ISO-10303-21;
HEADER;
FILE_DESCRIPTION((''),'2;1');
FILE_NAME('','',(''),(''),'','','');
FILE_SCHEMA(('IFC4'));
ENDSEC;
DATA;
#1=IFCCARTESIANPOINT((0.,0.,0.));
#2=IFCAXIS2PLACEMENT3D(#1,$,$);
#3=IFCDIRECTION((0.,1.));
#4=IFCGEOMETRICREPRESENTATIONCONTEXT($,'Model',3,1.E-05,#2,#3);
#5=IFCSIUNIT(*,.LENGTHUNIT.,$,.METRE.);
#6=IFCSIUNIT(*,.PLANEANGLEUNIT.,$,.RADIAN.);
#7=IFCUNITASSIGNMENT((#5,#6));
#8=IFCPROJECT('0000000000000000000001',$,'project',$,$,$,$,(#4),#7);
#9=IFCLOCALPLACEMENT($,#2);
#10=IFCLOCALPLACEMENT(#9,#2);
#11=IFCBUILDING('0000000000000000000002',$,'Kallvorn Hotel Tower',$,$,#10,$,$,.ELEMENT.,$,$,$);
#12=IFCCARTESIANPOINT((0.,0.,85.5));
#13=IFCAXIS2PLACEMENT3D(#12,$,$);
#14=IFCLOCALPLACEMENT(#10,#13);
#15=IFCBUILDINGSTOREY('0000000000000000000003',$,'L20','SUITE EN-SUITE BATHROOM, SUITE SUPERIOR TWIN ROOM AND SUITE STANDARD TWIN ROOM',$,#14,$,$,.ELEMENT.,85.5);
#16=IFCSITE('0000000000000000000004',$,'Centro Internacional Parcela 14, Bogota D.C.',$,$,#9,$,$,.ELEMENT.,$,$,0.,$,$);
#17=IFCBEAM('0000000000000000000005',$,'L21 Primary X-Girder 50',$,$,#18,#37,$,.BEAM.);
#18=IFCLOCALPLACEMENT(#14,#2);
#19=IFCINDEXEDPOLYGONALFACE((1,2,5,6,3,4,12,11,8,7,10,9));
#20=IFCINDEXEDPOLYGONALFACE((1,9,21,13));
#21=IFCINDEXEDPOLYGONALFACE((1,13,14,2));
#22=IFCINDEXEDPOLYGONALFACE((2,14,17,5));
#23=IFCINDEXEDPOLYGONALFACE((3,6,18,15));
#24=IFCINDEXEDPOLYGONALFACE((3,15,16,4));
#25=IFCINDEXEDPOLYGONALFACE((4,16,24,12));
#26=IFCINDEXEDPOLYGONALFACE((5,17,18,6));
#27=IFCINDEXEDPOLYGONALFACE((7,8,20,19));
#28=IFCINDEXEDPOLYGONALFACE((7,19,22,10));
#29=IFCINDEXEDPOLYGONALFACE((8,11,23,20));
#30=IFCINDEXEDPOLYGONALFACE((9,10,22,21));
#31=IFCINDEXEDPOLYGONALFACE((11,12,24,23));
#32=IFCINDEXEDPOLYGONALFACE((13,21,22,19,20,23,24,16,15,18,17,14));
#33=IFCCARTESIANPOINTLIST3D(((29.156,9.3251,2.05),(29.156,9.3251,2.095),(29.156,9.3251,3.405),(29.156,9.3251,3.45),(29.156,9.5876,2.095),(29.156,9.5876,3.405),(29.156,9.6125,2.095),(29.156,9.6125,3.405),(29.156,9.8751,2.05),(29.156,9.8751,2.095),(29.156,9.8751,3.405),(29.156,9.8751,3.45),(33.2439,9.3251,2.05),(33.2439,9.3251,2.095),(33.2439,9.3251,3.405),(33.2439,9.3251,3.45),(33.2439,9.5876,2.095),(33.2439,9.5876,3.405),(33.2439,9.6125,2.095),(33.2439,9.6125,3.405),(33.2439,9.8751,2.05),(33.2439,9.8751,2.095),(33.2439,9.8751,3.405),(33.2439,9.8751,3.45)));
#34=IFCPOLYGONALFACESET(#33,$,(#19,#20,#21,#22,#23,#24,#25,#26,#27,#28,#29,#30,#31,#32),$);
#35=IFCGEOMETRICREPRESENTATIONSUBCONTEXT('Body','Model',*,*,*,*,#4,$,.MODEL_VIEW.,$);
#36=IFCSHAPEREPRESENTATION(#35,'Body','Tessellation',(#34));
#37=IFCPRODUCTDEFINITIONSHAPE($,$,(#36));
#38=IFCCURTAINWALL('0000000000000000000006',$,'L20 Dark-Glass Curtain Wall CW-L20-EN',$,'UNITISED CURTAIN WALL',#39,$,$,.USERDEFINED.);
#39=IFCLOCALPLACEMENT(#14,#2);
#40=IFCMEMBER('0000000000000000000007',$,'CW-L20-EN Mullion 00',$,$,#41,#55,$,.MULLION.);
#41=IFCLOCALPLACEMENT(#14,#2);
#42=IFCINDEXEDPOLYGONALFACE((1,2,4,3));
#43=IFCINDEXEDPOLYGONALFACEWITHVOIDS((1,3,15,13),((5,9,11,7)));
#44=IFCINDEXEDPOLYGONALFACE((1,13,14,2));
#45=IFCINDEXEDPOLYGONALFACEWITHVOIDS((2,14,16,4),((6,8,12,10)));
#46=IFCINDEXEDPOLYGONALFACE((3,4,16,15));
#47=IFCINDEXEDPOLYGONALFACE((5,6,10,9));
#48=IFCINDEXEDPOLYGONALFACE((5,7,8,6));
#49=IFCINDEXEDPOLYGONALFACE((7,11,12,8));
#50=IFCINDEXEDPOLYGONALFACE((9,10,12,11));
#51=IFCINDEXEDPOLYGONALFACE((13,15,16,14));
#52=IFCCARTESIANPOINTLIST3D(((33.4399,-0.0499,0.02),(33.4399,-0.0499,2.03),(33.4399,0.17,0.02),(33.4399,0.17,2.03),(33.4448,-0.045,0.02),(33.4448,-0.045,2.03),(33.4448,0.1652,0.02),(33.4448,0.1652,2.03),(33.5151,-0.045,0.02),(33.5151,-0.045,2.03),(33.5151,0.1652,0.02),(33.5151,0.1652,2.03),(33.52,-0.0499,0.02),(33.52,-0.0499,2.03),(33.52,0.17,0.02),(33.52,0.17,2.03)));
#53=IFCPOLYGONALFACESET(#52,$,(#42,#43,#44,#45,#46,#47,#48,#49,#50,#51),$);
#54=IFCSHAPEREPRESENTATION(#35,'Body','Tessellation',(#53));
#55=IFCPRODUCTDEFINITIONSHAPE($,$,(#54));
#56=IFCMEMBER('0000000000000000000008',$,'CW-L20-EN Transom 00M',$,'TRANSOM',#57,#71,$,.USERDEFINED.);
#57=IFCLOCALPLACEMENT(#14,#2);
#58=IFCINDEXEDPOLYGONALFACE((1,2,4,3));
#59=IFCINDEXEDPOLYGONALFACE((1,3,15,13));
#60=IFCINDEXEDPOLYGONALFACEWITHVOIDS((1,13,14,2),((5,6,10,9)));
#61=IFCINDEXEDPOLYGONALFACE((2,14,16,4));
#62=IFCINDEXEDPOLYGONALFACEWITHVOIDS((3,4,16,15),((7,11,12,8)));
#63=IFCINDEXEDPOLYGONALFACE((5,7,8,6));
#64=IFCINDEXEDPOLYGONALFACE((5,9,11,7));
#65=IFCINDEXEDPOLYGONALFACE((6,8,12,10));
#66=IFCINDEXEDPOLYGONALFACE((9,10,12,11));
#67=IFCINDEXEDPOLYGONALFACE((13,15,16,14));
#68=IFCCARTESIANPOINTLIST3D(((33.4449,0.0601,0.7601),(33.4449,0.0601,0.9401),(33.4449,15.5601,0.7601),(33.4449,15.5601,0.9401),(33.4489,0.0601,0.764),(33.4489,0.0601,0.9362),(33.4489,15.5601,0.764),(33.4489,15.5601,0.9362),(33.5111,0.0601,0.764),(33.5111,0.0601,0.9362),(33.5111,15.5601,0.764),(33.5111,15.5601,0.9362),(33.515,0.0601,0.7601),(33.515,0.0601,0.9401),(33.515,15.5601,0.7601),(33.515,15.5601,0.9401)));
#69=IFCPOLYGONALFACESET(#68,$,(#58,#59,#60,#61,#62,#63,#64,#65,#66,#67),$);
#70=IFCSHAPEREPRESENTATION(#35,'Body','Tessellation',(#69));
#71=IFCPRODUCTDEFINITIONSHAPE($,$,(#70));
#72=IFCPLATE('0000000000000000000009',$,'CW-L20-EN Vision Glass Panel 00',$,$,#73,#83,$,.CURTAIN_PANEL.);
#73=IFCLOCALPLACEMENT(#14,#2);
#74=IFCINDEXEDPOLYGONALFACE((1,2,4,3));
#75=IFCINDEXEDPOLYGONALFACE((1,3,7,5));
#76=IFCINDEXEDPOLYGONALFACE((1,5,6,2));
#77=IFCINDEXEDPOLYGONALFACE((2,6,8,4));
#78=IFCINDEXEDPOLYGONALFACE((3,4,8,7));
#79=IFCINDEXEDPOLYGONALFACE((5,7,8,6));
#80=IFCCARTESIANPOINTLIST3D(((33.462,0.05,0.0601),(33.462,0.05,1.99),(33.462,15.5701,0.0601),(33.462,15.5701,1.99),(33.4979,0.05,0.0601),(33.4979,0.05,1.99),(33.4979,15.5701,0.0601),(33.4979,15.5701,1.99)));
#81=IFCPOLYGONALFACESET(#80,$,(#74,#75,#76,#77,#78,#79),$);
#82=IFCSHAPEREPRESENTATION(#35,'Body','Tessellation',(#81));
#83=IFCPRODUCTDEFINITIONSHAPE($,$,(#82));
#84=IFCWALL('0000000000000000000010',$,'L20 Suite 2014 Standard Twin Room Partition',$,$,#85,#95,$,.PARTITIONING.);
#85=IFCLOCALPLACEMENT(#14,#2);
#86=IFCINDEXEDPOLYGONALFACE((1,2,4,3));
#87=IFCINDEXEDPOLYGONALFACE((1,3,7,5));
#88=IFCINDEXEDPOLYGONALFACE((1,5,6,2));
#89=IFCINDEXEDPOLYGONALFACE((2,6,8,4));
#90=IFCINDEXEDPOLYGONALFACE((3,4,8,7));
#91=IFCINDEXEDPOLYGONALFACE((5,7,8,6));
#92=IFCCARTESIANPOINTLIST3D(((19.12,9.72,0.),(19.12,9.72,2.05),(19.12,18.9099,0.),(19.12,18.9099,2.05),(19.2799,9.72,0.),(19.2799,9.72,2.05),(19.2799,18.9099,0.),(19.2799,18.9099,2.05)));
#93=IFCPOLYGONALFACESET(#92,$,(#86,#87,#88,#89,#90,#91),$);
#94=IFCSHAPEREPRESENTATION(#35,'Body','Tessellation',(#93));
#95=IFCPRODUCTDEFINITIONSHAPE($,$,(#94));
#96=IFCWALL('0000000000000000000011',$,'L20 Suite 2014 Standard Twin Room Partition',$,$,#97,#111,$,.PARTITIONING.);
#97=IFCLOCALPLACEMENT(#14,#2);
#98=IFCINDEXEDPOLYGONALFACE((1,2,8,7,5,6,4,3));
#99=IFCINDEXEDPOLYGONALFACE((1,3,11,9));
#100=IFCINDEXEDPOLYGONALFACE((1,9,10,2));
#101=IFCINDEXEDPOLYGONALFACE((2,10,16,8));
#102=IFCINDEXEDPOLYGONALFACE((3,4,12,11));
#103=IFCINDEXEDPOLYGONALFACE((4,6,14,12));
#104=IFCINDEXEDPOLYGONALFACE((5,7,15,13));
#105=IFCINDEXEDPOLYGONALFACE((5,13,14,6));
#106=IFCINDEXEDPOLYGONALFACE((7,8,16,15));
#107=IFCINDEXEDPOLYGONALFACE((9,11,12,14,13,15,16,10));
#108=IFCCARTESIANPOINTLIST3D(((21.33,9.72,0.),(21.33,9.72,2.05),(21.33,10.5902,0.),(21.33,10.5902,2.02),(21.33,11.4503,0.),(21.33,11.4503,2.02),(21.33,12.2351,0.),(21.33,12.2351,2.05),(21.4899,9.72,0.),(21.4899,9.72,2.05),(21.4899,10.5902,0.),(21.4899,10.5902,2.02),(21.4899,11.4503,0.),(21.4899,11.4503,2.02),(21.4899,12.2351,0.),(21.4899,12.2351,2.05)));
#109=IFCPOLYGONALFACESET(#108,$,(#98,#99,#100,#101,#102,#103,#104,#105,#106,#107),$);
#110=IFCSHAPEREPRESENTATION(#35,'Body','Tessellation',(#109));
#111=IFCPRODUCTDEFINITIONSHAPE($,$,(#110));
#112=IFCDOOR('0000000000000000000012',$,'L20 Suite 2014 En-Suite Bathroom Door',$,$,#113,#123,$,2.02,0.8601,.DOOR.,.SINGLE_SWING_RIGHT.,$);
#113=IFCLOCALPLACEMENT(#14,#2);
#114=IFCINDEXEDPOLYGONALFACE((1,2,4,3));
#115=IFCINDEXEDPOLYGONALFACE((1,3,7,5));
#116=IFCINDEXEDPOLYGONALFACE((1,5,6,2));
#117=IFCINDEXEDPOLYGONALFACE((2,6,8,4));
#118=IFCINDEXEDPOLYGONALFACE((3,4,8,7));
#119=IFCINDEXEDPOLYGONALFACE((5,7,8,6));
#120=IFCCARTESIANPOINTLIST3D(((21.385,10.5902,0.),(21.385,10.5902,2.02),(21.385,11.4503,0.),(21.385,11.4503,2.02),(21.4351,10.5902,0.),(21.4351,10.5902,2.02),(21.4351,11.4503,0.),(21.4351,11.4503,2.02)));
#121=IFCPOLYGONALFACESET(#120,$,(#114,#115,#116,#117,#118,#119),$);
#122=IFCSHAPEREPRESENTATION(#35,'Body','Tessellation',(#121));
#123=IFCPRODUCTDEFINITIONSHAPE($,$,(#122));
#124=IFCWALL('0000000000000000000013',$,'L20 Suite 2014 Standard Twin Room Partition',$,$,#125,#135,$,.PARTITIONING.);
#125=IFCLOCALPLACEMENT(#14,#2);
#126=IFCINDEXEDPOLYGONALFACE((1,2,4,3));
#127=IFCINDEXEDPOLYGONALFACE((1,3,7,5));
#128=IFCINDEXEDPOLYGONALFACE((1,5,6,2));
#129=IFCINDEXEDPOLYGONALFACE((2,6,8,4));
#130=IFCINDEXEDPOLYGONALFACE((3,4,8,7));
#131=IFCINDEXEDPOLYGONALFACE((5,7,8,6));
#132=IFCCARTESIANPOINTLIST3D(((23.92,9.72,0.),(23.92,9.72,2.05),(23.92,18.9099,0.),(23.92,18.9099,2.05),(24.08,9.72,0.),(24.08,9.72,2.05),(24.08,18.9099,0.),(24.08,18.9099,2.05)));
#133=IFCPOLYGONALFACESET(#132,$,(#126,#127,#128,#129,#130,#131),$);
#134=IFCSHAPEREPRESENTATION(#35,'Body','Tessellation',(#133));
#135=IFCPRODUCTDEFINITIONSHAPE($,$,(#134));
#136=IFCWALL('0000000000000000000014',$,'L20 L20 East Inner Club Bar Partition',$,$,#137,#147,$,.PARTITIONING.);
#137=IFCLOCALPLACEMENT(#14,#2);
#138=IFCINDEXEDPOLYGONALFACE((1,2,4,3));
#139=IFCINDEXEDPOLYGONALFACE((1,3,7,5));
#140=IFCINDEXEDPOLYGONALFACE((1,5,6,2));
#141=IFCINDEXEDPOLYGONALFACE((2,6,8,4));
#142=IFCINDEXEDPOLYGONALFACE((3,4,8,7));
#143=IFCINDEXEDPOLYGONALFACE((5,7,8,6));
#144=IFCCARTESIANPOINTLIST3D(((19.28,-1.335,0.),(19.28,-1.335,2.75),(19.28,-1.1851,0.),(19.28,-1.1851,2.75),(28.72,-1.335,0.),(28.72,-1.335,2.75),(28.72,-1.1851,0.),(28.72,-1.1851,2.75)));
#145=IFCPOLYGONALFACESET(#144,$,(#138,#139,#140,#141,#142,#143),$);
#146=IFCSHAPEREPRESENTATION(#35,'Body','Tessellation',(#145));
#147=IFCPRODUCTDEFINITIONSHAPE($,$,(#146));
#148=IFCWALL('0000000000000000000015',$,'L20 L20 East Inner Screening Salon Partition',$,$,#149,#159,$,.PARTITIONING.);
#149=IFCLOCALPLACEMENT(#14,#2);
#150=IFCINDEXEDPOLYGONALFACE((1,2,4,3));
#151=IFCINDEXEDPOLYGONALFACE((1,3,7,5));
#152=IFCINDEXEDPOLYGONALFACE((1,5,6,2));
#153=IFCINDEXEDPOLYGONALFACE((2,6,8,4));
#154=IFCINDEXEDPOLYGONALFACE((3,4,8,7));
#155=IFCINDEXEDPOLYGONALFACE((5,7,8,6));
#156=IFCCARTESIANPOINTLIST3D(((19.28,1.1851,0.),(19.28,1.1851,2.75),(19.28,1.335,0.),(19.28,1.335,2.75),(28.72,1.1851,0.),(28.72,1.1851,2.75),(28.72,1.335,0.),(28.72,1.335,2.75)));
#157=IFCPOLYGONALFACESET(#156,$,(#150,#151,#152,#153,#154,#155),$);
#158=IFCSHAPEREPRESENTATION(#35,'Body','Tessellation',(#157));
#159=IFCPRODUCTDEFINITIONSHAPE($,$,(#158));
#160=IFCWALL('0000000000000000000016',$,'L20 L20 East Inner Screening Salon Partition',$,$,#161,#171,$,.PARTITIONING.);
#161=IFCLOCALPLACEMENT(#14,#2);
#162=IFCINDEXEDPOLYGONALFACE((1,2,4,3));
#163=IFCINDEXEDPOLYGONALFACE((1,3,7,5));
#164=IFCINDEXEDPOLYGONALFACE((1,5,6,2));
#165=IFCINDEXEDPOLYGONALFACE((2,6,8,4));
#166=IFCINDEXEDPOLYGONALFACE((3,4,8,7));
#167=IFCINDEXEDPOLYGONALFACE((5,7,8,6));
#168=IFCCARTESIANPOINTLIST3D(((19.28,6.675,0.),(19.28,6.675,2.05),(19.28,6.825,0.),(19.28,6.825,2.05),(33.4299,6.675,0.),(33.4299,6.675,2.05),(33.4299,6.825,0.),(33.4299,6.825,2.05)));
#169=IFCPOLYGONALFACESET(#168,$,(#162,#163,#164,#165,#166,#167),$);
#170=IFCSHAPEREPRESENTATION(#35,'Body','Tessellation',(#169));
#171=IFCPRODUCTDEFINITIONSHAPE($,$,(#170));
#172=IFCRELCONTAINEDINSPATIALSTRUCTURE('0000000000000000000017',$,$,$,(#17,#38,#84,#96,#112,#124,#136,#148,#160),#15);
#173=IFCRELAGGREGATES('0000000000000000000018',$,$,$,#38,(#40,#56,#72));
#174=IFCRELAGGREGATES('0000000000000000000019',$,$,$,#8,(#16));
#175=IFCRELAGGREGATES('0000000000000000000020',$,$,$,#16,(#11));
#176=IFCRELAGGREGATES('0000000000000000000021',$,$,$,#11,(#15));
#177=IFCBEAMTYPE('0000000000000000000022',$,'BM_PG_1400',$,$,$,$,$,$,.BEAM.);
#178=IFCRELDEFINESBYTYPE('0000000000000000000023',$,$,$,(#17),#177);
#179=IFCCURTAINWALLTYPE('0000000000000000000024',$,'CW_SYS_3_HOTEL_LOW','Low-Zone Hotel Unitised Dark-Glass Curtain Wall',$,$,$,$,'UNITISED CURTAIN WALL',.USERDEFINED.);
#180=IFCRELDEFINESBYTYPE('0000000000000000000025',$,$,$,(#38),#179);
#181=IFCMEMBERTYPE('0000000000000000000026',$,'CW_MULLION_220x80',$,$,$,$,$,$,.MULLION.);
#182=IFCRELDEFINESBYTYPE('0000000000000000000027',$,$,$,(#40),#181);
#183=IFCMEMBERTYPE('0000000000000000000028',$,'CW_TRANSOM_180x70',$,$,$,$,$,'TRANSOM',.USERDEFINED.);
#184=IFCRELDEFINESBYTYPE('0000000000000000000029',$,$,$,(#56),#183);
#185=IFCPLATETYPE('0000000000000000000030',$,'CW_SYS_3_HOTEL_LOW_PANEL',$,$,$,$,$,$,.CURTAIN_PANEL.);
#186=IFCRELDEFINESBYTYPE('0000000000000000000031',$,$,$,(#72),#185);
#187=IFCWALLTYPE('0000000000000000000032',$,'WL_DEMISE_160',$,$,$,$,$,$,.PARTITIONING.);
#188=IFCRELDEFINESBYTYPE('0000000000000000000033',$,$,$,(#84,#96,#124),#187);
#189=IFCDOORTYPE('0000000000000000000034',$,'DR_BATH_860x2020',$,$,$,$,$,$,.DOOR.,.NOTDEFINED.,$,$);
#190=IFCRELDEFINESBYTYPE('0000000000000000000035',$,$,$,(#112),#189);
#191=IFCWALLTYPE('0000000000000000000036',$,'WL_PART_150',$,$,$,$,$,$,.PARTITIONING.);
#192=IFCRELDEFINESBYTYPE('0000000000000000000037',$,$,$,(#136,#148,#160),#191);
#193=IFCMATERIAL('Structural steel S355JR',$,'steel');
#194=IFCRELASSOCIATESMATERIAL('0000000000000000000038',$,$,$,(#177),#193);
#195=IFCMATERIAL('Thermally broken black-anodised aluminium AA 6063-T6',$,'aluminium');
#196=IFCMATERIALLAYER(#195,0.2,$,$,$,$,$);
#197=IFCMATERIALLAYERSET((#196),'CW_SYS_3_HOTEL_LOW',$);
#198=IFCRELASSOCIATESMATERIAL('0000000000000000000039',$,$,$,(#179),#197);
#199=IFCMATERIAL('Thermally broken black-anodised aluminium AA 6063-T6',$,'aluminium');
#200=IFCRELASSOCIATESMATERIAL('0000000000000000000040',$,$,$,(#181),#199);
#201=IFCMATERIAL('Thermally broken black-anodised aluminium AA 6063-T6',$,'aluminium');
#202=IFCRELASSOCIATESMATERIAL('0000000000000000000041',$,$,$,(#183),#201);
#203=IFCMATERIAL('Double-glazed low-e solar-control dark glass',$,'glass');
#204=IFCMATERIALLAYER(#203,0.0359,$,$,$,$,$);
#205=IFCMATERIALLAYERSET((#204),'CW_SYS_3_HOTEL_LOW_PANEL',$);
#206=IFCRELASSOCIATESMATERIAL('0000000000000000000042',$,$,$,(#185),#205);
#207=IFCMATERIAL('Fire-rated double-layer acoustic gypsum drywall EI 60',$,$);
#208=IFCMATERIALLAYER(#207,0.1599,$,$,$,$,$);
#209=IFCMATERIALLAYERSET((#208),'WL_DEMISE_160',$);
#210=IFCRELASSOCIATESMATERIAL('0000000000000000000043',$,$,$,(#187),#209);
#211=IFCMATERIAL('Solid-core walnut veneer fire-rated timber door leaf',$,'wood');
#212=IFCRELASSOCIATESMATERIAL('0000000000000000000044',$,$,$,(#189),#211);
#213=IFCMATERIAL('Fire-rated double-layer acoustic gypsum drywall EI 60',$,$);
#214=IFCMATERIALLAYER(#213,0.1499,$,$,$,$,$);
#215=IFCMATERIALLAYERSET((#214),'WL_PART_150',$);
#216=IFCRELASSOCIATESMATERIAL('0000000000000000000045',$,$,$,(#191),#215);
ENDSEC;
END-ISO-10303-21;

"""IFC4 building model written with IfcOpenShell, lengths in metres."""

from ifc_helpers import new_model, si_unit, direction, frame, frame_2d, origin, origin_2d, place, context, subcontext, project, spatial, rectangle, hollow_rectangle, i_section, extrude, material, layer, layer_set, material_profile, profile_set, type_object, element, fill, aggregate, save


model = new_model("IFC4")

# Units and contexts
model_context = context("Model", 3, precision=1e-05, world=origin(), true_north=direction((0.0, 1.0)))
body_context = subcontext(model_context, "Body", "Model", "MODEL_VIEW")
ifc_project = project(units=[si_unit("LENGTHUNIT", "METRE"), si_unit("PLANEANGLEUNIT", "RADIAN")], contexts=[model_context])

# Site, building, storey
site_placement = place(None, origin())
site = spatial("IfcSite", under=ifc_project, at=site_placement, Name="Centro Internacional Parcela 14, Bogota D.C.", CompositionType="ELEMENT", RefElevation=0.0)
building_placement = place(site_placement, origin())
building = spatial("IfcBuilding", under=site, at=building_placement, Name="Kallvorn Hotel Tower", CompositionType="ELEMENT")
storey_placement = place(building_placement, frame((0.0, 0.0, 85.5)))
storey = spatial("IfcBuildingStorey", under=building, at=storey_placement, Name="L20", Description="SUITE EN-SUITE BATHROOM, SUITE SUPERIOR TWIN ROOM AND SUITE STANDARD TWIN ROOM", CompositionType="ELEMENT", Elevation=85.5)

# Beam
ifc_material_1 = material(Name="Structural steel S355JR", Category="steel")
ifc_material_profile_1 = material_profile(ifc_material_1, i_section(OverallWidth=0.55, OverallDepth=1.3999, WebThickness=0.0249, FlangeThickness=0.0449, at=origin_2d()), Name="PG 1400x550x25x45")
ifc_profile_set_1 = profile_set([ifc_material_profile_1], Name="Structural steel S355JR")
beam_type_1 = type_object("IfcBeamType", Name="BM_PG_1400", PredefinedType="BEAM", material=ifc_profile_set_1)
beam_1_placement = place(storey_placement, frame((29.156, 9.6001, 2.75), z_axis=(1.0, 0.0, 0.0), x_axis=(0.0, 1.0, 0.0)))
element("IfcBeam", 1, at=beam_1_placement, inside=storey, type_object=beam_type_1, Name="L21 Primary X-Girder 50", PredefinedType="BEAM", context=body_context, shape_type="SweptSolid", body=[
    extrude(i_section(OverallWidth=0.55, OverallDepth=1.3999, WebThickness=0.0249, FlangeThickness=0.0449, at=origin_2d()), origin(), (0.0, 0.0, 1.0), 4.0879),
])

# Curtain wall, members, plate
ifc_material_2 = material(Name="Thermally broken black-anodised aluminium AA 6063-T6", Category="aluminium")
ifc_layer_1 = layer(ifc_material_2, 0.2)
ifc_layer_set_1 = layer_set([ifc_layer_1], Name="CW_SYS_3_HOTEL_LOW")
curtain_wall_type = type_object("IfcCurtainWallType", Name="CW_SYS_3_HOTEL_LOW", Description="Low-Zone Hotel Unitised Dark-Glass Curtain Wall", ElementType="UNITISED CURTAIN WALL", PredefinedType="USERDEFINED", material=ifc_layer_set_1)
curtain_wall_placement = place(storey_placement, origin())
curtain_wall = element("IfcCurtainWall", 2, at=curtain_wall_placement, inside=storey, type_object=curtain_wall_type, Name="L20 Dark-Glass Curtain Wall CW-L20-EN", ObjectType="UNITISED CURTAIN WALL", PredefinedType="USERDEFINED")
ifc_material_3 = material(Name="Thermally broken black-anodised aluminium AA 6063-T6", Category="aluminium")
ifc_material_profile_2 = material_profile(ifc_material_3, hollow_rectangle(XDim=0.0801, YDim=0.22, WallThickness=0.0049, at=origin_2d()), Name="MUL 220x80")
ifc_profile_set_2 = profile_set([ifc_material_profile_2], Name="Thermally broken black-anodised aluminium AA 6063-T6")
member_type_1 = type_object("IfcMemberType", Name="CW_MULLION_220x80", PredefinedType="MULLION", material=ifc_profile_set_2)
member_1_placement = place(storey_placement, frame((33.48, 0.0601, 0.02), z_axis=(0.0, 0.0, 1.0), x_axis=(1.0, 0.0, 0.0)))
member_1 = element("IfcMember", 3, at=member_1_placement, type_object=member_type_1, Name="CW-L20-EN Mullion 00", PredefinedType="MULLION", context=body_context, shape_type="SweptSolid", body=[
    extrude(hollow_rectangle(XDim=0.0801, YDim=0.22, WallThickness=0.0049, at=origin_2d()), origin(), (0.0, 0.0, 1.0), 2.01),
])
ifc_material_4 = material(Name="Thermally broken black-anodised aluminium AA 6063-T6", Category="aluminium")
ifc_material_profile_3 = material_profile(ifc_material_4, hollow_rectangle(XDim=0.0701, YDim=0.1799, WallThickness=0.0039, at=origin_2d()), Name="TRN 180x70")
ifc_profile_set_3 = profile_set([ifc_material_profile_3], Name="Thermally broken black-anodised aluminium AA 6063-T6")
member_type_2 = type_object("IfcMemberType", Name="CW_TRANSOM_180x70", ElementType="TRANSOM", PredefinedType="USERDEFINED", material=ifc_profile_set_3)
member_2_placement = place(storey_placement, frame((33.48, 0.0601, 0.8501), z_axis=(0.0, 1.0, 0.0), x_axis=(-1.0, 0.0, 0.0)))
member_2 = element("IfcMember", 4, at=member_2_placement, type_object=member_type_2, Name="CW-L20-EN Transom 00M", ObjectType="TRANSOM", PredefinedType="USERDEFINED", context=body_context, shape_type="SweptSolid", body=[
    extrude(hollow_rectangle(XDim=0.0701, YDim=0.1799, WallThickness=0.0039, at=origin_2d()), origin(), (0.0, 0.0, 1.0), 15.5),
])
ifc_material_5 = material(Name="Double-glazed low-e solar-control dark glass", Category="glass")
ifc_layer_2 = layer(ifc_material_5, 0.0359)
ifc_layer_set_2 = layer_set([ifc_layer_2], Name="CW_SYS_3_HOTEL_LOW_PANEL")
plate_type = type_object("IfcPlateType", Name="CW_SYS_3_HOTEL_LOW_PANEL", PredefinedType="CURTAIN_PANEL", material=ifc_layer_set_2)
plate_placement = place(storey_placement, frame((33.48, 7.8101, 0.0601), z_axis=(0.0, 0.0, 1.0), x_axis=(0.0, 1.0, 0.0)))
plate = element("IfcPlate", 5, at=plate_placement, type_object=plate_type, Name="CW-L20-EN Vision Glass Panel 00", PredefinedType="CURTAIN_PANEL", context=body_context, shape_type="SweptSolid", body=[
    extrude(rectangle(XDim=15.52, YDim=0.0359, at=origin_2d()), origin(), (0.0, 0.0, 1.0), 1.9299),
])
aggregate(curtain_wall, [member_1, member_2, plate])

# Wall
ifc_material_6 = material(Name="Fire-rated double-layer acoustic gypsum drywall EI 60")
ifc_layer_3 = layer(ifc_material_6, 0.1599)
ifc_layer_set_3 = layer_set([ifc_layer_3], Name="WL_DEMISE_160")
wall_type_1 = type_object("IfcWallType", Name="WL_DEMISE_160", PredefinedType="PARTITIONING", material=ifc_layer_set_3)
wall_1_placement = place(storey_placement, frame((19.2, 9.72, 0.0), z_axis=(0.0, 0.0, 1.0), x_axis=(0.0, 1.0, 0.0)))
element("IfcWall", 6, at=wall_1_placement, inside=storey, type_object=wall_type_1, Name="L20 Suite 2014 Standard Twin Room Partition", PredefinedType="PARTITIONING", context=body_context, shape_type="SweptSolid", body=[
    extrude(rectangle(XDim=9.1899, YDim=0.1599, at=frame_2d((4.595, 0.0))), origin(), (0.0, 0.0, 1.0), 2.05),
])

# Wall, opening, door
wall_2_placement = place(storey_placement, frame((21.4099, 9.72, 0.0), z_axis=(0.0, 0.0, 1.0), x_axis=(0.0, 1.0, 0.0)))
wall_2 = element("IfcWall", 7, at=wall_2_placement, inside=storey, type_object=wall_type_1, Name="L20 Suite 2014 Standard Twin Room Partition", PredefinedType="PARTITIONING", context=body_context, shape_type="SweptSolid", body=[
    extrude(rectangle(XDim=2.5151, YDim=0.1599, at=frame_2d((1.2576, 0.0))), origin(), (0.0, 0.0, 1.0), 2.05),
])
opening_1_placement = place(wall_2_placement, frame((0.8701, 0.0, 0.0)))
opening_1 = element("IfcOpeningElement", 8, at=opening_1_placement, cuts=wall_2, PredefinedType="OPENING", context=body_context, shape_type="SweptSolid", body=[
    extrude(rectangle(XDim=0.8601, YDim=2.02, at=frame_2d((0.4302, 1.01))), frame((0.0, 0.095, 0.0), z_axis=(0.0, -1.0, 0.0), x_axis=(1.0, 0.0, 0.0)), (0.0, 0.0, 1.0), 0.1899),
])
ifc_material_7 = material(Name="Solid-core walnut veneer fire-rated timber door leaf", Category="wood")
door_type_1 = type_object("IfcDoorType", Name="DR_BATH_860x2020", OperationType="NOTDEFINED", PredefinedType="DOOR", material=ifc_material_7)
door_1_placement = place(opening_1_placement, origin())
door_1 = element("IfcDoor", 9, at=door_1_placement, inside=storey, type_object=door_type_1, Name="L20 Suite 2014 En-Suite Bathroom Door", OperationType="SINGLE_SWING_RIGHT", OverallHeight=2.02, OverallWidth=0.8601, PredefinedType="DOOR", context=body_context, shape_type="SweptSolid", body=[
    extrude(rectangle(XDim=0.8601, YDim=2.02, at=frame_2d((0.4302, 1.01))), frame((0.0, 0.0249, 0.0), z_axis=(0.0, -1.0, 0.0), x_axis=(1.0, 0.0, 0.0)), (0.0, 0.0, 1.0), 0.05),
])
fill(opening_1, door_1)

# Walls
wall_3_placement = place(storey_placement, frame((24.0, 9.72, 0.0), z_axis=(0.0, 0.0, 1.0), x_axis=(0.0, 1.0, 0.0)))
element("IfcWall", 10, at=wall_3_placement, inside=storey, type_object=wall_type_1, Name="L20 Suite 2014 Standard Twin Room Partition", PredefinedType="PARTITIONING", context=body_context, shape_type="SweptSolid", body=[
    extrude(rectangle(XDim=9.1899, YDim=0.1599, at=frame_2d((4.595, 0.0))), origin(), (0.0, 0.0, 1.0), 2.05),
])
ifc_material_8 = material(Name="Fire-rated double-layer acoustic gypsum drywall EI 60")
ifc_layer_4 = layer(ifc_material_8, 0.1499)
ifc_layer_set_4 = layer_set([ifc_layer_4], Name="WL_PART_150")
wall_type_2 = type_object("IfcWallType", Name="WL_PART_150", PredefinedType="PARTITIONING", material=ifc_layer_set_4)
for number, where, z_axis, x_axis, name in (
    (11, (19.28, -1.26, 0.0), (0.0, 0.0, 1.0), (1.0, 0.0, 0.0), "L20 L20 East Inner Club Bar Partition"),
    (12, (19.28, 1.26, 0.0), (0.0, 0.0, 1.0), (1.0, 0.0, 0.0), "L20 L20 East Inner Screening Salon Partition"),
):
    element("IfcWall", number, at=place(storey_placement, frame(where, z_axis=z_axis, x_axis=x_axis)), inside=storey, type_object=wall_type_2, Name=name, PredefinedType="PARTITIONING", context=body_context, shape_type="SweptSolid", body=[
        extrude(rectangle(XDim=9.4399, YDim=0.1499, at=frame_2d((4.72, 0.0))), origin(), (0.0, 0.0, 1.0), 2.75),
    ])
wall_4_placement = place(storey_placement, frame((19.28, 6.75, 0.0), z_axis=(0.0, 0.0, 1.0), x_axis=(1.0, 0.0, 0.0)))
element("IfcWall", 13, at=wall_4_placement, inside=storey, type_object=wall_type_2, Name="L20 L20 East Inner Screening Salon Partition", PredefinedType="PARTITIONING", context=body_context, shape_type="SweptSolid", body=[
    extrude(rectangle(XDim=14.1499, YDim=0.1499, at=frame_2d((7.075, 0.0))), origin(), (0.0, 0.0, 1.0), 2.05),
])

save(model, "model.ifc")
